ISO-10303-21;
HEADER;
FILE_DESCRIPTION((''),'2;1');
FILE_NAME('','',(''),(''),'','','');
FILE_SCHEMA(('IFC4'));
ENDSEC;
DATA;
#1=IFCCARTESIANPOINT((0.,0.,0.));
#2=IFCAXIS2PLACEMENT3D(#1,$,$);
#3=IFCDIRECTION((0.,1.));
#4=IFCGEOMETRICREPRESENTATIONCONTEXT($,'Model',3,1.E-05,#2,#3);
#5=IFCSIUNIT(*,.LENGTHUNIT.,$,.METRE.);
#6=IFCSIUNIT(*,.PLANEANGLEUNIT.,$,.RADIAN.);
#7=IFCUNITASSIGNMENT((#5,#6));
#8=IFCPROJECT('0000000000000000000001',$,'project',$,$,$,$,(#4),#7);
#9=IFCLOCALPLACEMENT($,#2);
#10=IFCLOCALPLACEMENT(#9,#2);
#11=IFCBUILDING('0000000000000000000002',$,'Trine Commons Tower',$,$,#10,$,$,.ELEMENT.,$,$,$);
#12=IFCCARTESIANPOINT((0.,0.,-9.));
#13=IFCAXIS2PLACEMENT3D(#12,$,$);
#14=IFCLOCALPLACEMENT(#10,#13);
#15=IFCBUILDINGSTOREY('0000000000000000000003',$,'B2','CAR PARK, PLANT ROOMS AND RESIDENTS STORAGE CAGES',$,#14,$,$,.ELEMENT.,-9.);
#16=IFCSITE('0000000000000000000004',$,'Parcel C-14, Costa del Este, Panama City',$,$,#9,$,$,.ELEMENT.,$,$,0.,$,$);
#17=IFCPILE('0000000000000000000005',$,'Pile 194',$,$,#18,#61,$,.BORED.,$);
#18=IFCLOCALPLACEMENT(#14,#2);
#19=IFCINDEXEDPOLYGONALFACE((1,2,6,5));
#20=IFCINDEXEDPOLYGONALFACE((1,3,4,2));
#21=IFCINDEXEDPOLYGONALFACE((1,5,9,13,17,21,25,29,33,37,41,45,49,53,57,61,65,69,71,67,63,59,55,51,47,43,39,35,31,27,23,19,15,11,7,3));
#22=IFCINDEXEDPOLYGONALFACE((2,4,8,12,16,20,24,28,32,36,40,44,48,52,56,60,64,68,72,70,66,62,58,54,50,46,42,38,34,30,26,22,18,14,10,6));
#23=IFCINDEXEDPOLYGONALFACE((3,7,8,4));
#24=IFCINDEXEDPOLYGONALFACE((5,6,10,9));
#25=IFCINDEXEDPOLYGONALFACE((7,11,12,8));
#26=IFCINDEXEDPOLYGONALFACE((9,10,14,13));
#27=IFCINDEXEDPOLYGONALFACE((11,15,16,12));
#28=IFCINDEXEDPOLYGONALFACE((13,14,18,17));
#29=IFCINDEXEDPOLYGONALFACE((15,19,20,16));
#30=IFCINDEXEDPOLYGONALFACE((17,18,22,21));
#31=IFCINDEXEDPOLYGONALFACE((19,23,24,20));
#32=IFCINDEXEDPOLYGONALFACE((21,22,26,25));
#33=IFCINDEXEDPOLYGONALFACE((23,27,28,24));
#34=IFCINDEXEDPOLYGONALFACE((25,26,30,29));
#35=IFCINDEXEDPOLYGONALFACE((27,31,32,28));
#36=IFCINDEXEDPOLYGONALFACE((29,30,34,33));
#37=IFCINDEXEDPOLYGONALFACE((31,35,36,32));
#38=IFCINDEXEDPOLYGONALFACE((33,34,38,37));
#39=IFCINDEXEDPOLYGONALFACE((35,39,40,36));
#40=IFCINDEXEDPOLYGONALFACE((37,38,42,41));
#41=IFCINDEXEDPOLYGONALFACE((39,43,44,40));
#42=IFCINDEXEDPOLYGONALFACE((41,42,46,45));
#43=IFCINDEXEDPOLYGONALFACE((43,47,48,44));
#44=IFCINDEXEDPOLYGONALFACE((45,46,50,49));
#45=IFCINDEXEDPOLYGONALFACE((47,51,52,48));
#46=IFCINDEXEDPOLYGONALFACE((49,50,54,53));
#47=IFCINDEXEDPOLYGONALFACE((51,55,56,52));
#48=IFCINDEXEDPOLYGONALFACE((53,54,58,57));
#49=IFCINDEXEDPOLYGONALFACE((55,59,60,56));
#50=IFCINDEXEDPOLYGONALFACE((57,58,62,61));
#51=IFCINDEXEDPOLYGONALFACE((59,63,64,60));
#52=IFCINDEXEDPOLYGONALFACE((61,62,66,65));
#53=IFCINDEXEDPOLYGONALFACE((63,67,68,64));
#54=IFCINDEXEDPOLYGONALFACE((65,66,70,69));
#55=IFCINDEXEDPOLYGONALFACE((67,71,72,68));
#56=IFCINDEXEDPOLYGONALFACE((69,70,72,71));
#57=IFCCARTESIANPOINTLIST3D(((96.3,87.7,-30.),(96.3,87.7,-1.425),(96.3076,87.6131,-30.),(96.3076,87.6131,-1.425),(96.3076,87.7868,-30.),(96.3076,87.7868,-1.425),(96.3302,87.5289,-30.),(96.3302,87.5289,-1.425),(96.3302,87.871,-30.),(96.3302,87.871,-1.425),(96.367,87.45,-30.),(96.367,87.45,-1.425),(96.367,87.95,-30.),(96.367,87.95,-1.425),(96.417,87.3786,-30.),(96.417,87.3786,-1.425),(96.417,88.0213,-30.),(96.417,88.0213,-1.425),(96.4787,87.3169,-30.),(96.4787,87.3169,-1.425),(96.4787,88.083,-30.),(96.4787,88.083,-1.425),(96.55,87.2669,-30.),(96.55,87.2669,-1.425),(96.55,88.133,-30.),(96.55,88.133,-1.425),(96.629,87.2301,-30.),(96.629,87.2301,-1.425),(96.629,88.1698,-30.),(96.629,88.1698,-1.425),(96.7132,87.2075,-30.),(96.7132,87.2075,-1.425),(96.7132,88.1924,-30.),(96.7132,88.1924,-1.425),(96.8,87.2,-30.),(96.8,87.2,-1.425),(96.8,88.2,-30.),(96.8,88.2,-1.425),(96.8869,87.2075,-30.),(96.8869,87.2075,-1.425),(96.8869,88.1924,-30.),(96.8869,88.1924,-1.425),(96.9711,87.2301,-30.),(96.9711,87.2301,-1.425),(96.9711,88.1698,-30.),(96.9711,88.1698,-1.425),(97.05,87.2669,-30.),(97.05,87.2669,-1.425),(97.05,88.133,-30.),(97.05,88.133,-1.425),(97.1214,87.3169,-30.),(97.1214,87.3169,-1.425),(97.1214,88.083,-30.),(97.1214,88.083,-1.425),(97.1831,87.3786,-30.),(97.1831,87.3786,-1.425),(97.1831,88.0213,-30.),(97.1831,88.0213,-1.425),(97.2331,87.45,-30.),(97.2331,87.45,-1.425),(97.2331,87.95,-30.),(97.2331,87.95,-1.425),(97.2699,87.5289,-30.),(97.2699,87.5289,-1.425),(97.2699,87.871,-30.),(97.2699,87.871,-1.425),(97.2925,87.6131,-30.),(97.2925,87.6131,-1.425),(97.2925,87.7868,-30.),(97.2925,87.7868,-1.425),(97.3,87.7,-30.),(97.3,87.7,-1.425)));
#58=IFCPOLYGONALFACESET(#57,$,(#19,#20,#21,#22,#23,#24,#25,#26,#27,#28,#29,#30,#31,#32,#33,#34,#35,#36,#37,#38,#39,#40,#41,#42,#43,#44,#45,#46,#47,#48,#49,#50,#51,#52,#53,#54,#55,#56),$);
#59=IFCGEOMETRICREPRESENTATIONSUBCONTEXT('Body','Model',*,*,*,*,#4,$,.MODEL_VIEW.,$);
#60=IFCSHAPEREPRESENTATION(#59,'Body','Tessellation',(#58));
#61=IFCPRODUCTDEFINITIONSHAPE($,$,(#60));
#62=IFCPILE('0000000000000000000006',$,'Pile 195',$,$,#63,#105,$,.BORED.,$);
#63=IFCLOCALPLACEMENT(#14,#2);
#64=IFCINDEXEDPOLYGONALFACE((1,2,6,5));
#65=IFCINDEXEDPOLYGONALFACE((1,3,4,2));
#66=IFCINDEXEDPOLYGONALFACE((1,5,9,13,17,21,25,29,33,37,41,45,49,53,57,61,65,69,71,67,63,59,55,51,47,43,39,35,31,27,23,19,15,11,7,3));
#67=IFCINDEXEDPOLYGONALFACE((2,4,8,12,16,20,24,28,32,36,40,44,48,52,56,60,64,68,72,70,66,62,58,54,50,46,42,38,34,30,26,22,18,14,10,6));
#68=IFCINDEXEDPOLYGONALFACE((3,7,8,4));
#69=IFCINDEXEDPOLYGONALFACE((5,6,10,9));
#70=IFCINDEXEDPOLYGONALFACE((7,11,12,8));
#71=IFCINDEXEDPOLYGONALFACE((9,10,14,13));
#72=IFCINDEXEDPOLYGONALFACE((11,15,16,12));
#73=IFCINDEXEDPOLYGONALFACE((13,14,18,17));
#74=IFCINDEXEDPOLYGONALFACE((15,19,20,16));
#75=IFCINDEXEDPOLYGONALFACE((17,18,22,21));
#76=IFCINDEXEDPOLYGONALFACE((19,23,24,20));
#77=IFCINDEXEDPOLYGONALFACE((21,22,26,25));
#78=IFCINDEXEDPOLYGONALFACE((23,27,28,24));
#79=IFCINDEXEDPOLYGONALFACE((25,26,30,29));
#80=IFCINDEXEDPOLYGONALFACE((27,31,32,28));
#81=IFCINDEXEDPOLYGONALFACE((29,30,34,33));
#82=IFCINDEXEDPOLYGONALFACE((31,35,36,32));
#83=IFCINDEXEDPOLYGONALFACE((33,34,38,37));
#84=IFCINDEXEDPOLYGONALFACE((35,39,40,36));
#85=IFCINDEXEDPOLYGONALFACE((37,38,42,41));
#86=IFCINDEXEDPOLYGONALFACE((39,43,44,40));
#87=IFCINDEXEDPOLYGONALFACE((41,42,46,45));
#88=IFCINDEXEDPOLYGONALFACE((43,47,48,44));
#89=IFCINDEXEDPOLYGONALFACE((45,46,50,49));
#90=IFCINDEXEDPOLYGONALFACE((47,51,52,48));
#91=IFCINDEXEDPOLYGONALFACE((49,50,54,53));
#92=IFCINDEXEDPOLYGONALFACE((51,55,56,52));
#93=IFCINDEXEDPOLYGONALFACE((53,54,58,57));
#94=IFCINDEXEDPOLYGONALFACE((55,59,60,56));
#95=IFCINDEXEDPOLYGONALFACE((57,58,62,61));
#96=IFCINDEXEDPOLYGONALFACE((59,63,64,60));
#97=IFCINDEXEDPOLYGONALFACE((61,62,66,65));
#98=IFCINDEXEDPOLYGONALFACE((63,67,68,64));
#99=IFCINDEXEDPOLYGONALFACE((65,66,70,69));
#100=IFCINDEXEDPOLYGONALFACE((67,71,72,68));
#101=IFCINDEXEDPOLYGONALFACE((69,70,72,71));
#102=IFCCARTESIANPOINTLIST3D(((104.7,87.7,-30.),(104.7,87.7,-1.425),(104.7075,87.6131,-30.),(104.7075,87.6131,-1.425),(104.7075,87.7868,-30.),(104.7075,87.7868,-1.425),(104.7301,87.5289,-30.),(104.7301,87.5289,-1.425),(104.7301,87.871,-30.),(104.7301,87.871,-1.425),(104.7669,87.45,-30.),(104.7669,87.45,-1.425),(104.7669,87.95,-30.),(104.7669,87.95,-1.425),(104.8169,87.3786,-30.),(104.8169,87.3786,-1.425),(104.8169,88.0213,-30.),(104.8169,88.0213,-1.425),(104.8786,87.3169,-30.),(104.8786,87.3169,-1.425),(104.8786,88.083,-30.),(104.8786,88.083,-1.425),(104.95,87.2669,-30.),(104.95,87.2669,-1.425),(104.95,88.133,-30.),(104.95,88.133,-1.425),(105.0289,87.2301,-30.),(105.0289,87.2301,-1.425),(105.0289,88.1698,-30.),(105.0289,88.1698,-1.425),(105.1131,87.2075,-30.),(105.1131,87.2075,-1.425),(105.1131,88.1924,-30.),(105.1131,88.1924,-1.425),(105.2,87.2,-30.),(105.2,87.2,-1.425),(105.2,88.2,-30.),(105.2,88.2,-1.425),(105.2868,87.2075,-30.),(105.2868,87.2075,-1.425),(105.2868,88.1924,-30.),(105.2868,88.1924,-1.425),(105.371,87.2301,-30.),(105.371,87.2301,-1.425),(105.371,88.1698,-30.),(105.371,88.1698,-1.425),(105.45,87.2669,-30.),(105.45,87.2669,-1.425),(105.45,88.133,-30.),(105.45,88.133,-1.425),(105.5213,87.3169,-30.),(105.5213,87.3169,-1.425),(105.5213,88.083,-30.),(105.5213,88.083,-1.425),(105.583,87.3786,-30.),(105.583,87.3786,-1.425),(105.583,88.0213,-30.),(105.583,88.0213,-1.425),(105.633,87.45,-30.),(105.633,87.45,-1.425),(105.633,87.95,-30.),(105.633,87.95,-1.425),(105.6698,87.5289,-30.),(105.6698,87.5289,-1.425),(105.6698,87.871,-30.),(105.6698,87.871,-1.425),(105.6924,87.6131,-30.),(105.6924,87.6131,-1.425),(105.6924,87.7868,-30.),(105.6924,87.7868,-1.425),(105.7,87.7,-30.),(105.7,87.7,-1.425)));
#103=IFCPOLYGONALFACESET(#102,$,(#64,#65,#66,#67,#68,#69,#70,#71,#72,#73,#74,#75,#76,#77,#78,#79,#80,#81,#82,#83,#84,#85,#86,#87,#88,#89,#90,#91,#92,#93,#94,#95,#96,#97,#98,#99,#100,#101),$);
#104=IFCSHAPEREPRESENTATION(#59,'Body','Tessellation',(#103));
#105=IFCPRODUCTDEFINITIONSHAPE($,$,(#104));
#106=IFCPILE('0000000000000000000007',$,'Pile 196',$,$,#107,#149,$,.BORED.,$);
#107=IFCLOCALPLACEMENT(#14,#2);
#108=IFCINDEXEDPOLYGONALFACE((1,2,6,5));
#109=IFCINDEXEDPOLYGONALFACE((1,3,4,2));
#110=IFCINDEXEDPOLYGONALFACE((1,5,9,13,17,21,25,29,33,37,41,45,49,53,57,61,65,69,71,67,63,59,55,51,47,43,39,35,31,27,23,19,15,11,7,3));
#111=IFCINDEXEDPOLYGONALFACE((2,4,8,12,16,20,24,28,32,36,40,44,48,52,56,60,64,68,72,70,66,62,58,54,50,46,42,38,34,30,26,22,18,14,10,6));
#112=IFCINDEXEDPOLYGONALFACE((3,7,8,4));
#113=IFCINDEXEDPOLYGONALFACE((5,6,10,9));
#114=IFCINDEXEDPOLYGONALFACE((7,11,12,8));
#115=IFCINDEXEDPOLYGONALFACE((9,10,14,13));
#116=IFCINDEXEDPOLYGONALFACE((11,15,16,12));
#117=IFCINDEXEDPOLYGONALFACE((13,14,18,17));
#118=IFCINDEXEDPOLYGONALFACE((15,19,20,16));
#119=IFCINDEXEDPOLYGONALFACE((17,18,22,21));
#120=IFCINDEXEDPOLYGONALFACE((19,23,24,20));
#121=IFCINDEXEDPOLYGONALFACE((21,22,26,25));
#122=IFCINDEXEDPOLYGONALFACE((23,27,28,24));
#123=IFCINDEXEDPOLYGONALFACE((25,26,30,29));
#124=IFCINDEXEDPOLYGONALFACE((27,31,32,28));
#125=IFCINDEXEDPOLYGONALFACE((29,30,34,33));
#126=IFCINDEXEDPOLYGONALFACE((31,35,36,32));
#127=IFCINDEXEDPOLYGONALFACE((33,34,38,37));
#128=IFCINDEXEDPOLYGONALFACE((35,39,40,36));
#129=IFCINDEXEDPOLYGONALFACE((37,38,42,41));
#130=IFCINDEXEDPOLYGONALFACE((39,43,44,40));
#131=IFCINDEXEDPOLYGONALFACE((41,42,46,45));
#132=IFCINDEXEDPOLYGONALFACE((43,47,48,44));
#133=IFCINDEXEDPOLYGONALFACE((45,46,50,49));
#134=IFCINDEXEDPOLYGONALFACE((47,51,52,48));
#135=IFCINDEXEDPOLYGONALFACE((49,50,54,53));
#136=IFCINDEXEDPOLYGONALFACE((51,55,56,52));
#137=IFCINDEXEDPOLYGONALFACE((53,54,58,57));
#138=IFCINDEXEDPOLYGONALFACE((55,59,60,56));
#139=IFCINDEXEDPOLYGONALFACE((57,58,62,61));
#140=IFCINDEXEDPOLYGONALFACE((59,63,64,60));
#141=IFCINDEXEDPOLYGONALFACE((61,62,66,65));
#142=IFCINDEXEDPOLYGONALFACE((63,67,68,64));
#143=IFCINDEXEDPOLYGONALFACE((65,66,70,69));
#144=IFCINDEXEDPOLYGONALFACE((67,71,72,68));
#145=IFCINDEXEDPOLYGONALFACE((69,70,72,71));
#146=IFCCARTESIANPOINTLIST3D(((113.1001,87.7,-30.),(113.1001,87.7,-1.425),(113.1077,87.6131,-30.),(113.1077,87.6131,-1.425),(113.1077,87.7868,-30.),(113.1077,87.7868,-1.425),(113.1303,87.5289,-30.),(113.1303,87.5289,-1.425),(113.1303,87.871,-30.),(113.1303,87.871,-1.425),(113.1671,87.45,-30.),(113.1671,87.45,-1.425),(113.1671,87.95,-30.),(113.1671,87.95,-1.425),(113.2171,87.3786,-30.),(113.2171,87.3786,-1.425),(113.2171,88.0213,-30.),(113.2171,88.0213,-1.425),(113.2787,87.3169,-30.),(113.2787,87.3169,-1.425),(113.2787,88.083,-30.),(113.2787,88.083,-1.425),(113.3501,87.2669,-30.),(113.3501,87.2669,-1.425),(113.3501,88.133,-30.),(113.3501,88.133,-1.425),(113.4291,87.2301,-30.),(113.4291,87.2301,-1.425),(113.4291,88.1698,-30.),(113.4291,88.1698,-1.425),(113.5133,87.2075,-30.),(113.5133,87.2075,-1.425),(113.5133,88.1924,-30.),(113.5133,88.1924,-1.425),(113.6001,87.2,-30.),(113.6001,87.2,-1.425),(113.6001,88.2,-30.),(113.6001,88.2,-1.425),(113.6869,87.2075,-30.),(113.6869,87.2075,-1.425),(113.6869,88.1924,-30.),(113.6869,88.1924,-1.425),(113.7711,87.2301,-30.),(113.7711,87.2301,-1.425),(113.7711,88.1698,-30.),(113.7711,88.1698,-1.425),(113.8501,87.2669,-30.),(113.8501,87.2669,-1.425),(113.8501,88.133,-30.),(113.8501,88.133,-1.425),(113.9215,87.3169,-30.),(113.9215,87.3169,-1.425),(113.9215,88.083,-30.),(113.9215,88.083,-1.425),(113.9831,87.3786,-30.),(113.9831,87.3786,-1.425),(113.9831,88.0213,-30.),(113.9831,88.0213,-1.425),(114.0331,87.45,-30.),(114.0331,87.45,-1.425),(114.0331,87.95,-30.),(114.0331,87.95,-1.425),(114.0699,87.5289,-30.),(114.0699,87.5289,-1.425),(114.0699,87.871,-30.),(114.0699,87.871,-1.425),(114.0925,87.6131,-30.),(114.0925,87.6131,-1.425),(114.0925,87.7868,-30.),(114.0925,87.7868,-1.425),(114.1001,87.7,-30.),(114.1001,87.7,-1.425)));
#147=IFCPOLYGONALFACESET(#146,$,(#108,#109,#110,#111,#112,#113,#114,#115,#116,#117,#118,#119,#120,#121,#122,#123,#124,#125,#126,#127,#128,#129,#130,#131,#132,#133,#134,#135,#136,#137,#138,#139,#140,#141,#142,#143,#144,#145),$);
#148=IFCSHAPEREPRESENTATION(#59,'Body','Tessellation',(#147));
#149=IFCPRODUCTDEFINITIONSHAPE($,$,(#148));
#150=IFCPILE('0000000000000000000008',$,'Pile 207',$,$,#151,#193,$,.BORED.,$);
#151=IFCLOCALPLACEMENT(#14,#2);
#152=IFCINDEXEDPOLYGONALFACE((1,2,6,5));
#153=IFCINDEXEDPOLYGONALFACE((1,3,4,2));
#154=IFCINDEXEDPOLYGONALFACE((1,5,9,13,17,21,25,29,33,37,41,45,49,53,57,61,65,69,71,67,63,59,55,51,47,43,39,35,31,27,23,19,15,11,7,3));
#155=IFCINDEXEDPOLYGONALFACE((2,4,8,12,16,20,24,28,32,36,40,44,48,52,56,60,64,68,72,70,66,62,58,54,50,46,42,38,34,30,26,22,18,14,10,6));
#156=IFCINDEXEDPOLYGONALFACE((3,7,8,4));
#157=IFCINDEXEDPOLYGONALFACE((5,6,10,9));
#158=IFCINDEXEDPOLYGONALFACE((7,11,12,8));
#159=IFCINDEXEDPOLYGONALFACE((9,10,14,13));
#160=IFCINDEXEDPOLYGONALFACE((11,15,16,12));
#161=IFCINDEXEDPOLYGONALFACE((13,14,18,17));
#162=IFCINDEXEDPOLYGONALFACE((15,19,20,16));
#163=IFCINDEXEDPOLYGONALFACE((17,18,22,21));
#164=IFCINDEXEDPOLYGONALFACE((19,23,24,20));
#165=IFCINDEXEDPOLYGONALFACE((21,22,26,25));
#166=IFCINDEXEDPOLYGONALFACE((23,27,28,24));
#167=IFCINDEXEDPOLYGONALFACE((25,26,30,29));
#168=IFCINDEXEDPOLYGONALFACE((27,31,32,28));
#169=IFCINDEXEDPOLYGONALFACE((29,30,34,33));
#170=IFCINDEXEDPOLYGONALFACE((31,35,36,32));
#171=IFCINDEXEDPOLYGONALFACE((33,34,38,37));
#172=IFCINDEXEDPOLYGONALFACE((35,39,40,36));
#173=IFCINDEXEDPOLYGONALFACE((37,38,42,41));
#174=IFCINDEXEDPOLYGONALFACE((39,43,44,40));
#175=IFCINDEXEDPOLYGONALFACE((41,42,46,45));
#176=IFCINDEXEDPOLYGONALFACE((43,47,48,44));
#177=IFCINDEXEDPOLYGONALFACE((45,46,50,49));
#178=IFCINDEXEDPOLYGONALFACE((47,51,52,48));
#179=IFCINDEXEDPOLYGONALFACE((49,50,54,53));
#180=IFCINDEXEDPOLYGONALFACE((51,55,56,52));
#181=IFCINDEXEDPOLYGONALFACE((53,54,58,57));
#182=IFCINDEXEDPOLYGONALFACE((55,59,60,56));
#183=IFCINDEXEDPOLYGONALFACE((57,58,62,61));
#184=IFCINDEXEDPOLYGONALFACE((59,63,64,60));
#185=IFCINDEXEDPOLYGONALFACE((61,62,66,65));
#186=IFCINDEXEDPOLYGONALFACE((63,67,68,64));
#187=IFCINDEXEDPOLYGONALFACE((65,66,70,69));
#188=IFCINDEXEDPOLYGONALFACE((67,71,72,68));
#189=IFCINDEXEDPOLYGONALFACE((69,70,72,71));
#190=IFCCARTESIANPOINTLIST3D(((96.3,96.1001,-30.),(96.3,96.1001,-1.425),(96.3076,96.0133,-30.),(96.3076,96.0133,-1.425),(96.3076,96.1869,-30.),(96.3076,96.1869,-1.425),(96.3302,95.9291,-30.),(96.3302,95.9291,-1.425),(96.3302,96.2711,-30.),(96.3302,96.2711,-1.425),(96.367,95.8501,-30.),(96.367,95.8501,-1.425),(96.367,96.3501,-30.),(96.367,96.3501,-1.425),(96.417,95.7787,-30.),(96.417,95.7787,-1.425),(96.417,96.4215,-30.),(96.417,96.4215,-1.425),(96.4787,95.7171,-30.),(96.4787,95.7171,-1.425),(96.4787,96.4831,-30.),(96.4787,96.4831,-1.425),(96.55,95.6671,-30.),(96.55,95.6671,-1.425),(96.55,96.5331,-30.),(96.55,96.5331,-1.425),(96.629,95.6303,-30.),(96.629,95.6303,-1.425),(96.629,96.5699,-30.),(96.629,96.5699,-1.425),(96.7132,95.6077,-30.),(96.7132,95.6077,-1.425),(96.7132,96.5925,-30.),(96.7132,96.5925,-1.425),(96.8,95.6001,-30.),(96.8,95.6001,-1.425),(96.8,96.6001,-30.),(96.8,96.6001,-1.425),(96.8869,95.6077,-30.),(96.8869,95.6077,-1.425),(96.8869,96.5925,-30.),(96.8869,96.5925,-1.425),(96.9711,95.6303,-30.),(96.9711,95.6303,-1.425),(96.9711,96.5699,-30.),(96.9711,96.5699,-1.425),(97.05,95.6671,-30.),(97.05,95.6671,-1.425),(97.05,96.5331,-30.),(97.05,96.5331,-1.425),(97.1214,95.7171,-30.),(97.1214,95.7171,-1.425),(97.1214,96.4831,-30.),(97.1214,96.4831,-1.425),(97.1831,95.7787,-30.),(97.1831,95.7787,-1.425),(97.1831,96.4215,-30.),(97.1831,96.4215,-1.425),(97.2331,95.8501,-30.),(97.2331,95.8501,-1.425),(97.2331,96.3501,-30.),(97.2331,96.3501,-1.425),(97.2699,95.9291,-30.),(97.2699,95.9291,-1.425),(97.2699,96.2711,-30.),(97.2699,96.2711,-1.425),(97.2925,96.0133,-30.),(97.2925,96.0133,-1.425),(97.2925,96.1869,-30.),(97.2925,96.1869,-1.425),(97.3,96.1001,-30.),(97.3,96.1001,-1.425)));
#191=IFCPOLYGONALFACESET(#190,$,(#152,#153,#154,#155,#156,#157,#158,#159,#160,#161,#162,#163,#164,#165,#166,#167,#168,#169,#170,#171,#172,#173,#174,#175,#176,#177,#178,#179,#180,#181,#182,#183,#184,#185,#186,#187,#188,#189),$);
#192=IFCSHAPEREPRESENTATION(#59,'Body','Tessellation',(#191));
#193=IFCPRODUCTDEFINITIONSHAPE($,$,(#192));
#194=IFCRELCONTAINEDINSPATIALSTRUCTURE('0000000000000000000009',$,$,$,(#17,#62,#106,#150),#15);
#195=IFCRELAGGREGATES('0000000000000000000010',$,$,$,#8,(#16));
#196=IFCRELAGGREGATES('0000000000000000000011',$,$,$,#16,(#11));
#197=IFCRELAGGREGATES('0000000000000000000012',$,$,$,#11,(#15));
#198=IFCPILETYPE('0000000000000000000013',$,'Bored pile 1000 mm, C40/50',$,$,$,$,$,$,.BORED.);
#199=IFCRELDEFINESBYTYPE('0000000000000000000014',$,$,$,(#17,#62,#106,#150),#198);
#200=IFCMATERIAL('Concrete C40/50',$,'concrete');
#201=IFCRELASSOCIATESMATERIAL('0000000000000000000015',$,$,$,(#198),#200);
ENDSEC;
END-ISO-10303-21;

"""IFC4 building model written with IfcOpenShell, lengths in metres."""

from ifc_helpers import new_model, si_unit, direction, frame, origin, origin_2d, place, context, subcontext, project, spatial, circle, extrude, material, type_object, element, save


model = new_model("IFC4")

# Units and contexts
model_context = context("Model", 3, precision=1e-05, world=origin(), true_north=direction((0.0, 1.0)))
body_context = subcontext(model_context, "Body", "Model", "MODEL_VIEW")
ifc_project = project(units=[si_unit("LENGTHUNIT", "METRE"), si_unit("PLANEANGLEUNIT", "RADIAN")], contexts=[model_context])

# Site, building, storey
site_placement = place(None, origin())
site = spatial("IfcSite", under=ifc_project, at=site_placement, Name="Parcel C-14, Costa del Este, Panama City", CompositionType="ELEMENT", RefElevation=0.0)
building_placement = place(site_placement, origin())
building = spatial("IfcBuilding", under=site, at=building_placement, Name="Trine Commons Tower", CompositionType="ELEMENT")
storey_placement = place(building_placement, frame((0.0, 0.0, -9.0)))
storey = spatial("IfcBuildingStorey", under=building, at=storey_placement, Name="B2", Description="CAR PARK, PLANT ROOMS AND RESIDENTS STORAGE CAGES", CompositionType="ELEMENT", Elevation=-9.0)

# Piles
ifc_material_1 = material(Name="Concrete C40/50", Category="concrete")
pile_type_1 = type_object("IfcPileType", Name="Bored pile 1000 mm, C40/50", PredefinedType="BORED", material=ifc_material_1)
for number, where, z_axis, x_axis, name in (
    (1, (96.8, 87.7, -1.425), (0.0, 0.0, -1.0), (1.0, 0.0, 0.0), "Pile 194"),
    (2, (105.2, 87.7, -1.425), (0.0, 0.0, -1.0), (1.0, 0.0, 0.0), "Pile 195"),
    (3, (113.6001, 87.7, -1.425), (0.0, 0.0, -1.0), (1.0, 0.0, 0.0), "Pile 196"),
    (4, (96.8, 96.1001, -1.425), (0.0, 0.0, -1.0), (1.0, 0.0, 0.0), "Pile 207"),
):
    element("IfcPile", number, at=place(storey_placement, frame(where, z_axis=z_axis, x_axis=x_axis)), inside=storey, type_object=pile_type_1, Name=name, PredefinedType="BORED", context=body_context, shape_type="SweptSolid", body=[
        extrude(circle(Radius=0.5, at=origin_2d()), origin(), (0.0, 0.0, 1.0), 28.575),
    ])

save(model, "model.ifc")
